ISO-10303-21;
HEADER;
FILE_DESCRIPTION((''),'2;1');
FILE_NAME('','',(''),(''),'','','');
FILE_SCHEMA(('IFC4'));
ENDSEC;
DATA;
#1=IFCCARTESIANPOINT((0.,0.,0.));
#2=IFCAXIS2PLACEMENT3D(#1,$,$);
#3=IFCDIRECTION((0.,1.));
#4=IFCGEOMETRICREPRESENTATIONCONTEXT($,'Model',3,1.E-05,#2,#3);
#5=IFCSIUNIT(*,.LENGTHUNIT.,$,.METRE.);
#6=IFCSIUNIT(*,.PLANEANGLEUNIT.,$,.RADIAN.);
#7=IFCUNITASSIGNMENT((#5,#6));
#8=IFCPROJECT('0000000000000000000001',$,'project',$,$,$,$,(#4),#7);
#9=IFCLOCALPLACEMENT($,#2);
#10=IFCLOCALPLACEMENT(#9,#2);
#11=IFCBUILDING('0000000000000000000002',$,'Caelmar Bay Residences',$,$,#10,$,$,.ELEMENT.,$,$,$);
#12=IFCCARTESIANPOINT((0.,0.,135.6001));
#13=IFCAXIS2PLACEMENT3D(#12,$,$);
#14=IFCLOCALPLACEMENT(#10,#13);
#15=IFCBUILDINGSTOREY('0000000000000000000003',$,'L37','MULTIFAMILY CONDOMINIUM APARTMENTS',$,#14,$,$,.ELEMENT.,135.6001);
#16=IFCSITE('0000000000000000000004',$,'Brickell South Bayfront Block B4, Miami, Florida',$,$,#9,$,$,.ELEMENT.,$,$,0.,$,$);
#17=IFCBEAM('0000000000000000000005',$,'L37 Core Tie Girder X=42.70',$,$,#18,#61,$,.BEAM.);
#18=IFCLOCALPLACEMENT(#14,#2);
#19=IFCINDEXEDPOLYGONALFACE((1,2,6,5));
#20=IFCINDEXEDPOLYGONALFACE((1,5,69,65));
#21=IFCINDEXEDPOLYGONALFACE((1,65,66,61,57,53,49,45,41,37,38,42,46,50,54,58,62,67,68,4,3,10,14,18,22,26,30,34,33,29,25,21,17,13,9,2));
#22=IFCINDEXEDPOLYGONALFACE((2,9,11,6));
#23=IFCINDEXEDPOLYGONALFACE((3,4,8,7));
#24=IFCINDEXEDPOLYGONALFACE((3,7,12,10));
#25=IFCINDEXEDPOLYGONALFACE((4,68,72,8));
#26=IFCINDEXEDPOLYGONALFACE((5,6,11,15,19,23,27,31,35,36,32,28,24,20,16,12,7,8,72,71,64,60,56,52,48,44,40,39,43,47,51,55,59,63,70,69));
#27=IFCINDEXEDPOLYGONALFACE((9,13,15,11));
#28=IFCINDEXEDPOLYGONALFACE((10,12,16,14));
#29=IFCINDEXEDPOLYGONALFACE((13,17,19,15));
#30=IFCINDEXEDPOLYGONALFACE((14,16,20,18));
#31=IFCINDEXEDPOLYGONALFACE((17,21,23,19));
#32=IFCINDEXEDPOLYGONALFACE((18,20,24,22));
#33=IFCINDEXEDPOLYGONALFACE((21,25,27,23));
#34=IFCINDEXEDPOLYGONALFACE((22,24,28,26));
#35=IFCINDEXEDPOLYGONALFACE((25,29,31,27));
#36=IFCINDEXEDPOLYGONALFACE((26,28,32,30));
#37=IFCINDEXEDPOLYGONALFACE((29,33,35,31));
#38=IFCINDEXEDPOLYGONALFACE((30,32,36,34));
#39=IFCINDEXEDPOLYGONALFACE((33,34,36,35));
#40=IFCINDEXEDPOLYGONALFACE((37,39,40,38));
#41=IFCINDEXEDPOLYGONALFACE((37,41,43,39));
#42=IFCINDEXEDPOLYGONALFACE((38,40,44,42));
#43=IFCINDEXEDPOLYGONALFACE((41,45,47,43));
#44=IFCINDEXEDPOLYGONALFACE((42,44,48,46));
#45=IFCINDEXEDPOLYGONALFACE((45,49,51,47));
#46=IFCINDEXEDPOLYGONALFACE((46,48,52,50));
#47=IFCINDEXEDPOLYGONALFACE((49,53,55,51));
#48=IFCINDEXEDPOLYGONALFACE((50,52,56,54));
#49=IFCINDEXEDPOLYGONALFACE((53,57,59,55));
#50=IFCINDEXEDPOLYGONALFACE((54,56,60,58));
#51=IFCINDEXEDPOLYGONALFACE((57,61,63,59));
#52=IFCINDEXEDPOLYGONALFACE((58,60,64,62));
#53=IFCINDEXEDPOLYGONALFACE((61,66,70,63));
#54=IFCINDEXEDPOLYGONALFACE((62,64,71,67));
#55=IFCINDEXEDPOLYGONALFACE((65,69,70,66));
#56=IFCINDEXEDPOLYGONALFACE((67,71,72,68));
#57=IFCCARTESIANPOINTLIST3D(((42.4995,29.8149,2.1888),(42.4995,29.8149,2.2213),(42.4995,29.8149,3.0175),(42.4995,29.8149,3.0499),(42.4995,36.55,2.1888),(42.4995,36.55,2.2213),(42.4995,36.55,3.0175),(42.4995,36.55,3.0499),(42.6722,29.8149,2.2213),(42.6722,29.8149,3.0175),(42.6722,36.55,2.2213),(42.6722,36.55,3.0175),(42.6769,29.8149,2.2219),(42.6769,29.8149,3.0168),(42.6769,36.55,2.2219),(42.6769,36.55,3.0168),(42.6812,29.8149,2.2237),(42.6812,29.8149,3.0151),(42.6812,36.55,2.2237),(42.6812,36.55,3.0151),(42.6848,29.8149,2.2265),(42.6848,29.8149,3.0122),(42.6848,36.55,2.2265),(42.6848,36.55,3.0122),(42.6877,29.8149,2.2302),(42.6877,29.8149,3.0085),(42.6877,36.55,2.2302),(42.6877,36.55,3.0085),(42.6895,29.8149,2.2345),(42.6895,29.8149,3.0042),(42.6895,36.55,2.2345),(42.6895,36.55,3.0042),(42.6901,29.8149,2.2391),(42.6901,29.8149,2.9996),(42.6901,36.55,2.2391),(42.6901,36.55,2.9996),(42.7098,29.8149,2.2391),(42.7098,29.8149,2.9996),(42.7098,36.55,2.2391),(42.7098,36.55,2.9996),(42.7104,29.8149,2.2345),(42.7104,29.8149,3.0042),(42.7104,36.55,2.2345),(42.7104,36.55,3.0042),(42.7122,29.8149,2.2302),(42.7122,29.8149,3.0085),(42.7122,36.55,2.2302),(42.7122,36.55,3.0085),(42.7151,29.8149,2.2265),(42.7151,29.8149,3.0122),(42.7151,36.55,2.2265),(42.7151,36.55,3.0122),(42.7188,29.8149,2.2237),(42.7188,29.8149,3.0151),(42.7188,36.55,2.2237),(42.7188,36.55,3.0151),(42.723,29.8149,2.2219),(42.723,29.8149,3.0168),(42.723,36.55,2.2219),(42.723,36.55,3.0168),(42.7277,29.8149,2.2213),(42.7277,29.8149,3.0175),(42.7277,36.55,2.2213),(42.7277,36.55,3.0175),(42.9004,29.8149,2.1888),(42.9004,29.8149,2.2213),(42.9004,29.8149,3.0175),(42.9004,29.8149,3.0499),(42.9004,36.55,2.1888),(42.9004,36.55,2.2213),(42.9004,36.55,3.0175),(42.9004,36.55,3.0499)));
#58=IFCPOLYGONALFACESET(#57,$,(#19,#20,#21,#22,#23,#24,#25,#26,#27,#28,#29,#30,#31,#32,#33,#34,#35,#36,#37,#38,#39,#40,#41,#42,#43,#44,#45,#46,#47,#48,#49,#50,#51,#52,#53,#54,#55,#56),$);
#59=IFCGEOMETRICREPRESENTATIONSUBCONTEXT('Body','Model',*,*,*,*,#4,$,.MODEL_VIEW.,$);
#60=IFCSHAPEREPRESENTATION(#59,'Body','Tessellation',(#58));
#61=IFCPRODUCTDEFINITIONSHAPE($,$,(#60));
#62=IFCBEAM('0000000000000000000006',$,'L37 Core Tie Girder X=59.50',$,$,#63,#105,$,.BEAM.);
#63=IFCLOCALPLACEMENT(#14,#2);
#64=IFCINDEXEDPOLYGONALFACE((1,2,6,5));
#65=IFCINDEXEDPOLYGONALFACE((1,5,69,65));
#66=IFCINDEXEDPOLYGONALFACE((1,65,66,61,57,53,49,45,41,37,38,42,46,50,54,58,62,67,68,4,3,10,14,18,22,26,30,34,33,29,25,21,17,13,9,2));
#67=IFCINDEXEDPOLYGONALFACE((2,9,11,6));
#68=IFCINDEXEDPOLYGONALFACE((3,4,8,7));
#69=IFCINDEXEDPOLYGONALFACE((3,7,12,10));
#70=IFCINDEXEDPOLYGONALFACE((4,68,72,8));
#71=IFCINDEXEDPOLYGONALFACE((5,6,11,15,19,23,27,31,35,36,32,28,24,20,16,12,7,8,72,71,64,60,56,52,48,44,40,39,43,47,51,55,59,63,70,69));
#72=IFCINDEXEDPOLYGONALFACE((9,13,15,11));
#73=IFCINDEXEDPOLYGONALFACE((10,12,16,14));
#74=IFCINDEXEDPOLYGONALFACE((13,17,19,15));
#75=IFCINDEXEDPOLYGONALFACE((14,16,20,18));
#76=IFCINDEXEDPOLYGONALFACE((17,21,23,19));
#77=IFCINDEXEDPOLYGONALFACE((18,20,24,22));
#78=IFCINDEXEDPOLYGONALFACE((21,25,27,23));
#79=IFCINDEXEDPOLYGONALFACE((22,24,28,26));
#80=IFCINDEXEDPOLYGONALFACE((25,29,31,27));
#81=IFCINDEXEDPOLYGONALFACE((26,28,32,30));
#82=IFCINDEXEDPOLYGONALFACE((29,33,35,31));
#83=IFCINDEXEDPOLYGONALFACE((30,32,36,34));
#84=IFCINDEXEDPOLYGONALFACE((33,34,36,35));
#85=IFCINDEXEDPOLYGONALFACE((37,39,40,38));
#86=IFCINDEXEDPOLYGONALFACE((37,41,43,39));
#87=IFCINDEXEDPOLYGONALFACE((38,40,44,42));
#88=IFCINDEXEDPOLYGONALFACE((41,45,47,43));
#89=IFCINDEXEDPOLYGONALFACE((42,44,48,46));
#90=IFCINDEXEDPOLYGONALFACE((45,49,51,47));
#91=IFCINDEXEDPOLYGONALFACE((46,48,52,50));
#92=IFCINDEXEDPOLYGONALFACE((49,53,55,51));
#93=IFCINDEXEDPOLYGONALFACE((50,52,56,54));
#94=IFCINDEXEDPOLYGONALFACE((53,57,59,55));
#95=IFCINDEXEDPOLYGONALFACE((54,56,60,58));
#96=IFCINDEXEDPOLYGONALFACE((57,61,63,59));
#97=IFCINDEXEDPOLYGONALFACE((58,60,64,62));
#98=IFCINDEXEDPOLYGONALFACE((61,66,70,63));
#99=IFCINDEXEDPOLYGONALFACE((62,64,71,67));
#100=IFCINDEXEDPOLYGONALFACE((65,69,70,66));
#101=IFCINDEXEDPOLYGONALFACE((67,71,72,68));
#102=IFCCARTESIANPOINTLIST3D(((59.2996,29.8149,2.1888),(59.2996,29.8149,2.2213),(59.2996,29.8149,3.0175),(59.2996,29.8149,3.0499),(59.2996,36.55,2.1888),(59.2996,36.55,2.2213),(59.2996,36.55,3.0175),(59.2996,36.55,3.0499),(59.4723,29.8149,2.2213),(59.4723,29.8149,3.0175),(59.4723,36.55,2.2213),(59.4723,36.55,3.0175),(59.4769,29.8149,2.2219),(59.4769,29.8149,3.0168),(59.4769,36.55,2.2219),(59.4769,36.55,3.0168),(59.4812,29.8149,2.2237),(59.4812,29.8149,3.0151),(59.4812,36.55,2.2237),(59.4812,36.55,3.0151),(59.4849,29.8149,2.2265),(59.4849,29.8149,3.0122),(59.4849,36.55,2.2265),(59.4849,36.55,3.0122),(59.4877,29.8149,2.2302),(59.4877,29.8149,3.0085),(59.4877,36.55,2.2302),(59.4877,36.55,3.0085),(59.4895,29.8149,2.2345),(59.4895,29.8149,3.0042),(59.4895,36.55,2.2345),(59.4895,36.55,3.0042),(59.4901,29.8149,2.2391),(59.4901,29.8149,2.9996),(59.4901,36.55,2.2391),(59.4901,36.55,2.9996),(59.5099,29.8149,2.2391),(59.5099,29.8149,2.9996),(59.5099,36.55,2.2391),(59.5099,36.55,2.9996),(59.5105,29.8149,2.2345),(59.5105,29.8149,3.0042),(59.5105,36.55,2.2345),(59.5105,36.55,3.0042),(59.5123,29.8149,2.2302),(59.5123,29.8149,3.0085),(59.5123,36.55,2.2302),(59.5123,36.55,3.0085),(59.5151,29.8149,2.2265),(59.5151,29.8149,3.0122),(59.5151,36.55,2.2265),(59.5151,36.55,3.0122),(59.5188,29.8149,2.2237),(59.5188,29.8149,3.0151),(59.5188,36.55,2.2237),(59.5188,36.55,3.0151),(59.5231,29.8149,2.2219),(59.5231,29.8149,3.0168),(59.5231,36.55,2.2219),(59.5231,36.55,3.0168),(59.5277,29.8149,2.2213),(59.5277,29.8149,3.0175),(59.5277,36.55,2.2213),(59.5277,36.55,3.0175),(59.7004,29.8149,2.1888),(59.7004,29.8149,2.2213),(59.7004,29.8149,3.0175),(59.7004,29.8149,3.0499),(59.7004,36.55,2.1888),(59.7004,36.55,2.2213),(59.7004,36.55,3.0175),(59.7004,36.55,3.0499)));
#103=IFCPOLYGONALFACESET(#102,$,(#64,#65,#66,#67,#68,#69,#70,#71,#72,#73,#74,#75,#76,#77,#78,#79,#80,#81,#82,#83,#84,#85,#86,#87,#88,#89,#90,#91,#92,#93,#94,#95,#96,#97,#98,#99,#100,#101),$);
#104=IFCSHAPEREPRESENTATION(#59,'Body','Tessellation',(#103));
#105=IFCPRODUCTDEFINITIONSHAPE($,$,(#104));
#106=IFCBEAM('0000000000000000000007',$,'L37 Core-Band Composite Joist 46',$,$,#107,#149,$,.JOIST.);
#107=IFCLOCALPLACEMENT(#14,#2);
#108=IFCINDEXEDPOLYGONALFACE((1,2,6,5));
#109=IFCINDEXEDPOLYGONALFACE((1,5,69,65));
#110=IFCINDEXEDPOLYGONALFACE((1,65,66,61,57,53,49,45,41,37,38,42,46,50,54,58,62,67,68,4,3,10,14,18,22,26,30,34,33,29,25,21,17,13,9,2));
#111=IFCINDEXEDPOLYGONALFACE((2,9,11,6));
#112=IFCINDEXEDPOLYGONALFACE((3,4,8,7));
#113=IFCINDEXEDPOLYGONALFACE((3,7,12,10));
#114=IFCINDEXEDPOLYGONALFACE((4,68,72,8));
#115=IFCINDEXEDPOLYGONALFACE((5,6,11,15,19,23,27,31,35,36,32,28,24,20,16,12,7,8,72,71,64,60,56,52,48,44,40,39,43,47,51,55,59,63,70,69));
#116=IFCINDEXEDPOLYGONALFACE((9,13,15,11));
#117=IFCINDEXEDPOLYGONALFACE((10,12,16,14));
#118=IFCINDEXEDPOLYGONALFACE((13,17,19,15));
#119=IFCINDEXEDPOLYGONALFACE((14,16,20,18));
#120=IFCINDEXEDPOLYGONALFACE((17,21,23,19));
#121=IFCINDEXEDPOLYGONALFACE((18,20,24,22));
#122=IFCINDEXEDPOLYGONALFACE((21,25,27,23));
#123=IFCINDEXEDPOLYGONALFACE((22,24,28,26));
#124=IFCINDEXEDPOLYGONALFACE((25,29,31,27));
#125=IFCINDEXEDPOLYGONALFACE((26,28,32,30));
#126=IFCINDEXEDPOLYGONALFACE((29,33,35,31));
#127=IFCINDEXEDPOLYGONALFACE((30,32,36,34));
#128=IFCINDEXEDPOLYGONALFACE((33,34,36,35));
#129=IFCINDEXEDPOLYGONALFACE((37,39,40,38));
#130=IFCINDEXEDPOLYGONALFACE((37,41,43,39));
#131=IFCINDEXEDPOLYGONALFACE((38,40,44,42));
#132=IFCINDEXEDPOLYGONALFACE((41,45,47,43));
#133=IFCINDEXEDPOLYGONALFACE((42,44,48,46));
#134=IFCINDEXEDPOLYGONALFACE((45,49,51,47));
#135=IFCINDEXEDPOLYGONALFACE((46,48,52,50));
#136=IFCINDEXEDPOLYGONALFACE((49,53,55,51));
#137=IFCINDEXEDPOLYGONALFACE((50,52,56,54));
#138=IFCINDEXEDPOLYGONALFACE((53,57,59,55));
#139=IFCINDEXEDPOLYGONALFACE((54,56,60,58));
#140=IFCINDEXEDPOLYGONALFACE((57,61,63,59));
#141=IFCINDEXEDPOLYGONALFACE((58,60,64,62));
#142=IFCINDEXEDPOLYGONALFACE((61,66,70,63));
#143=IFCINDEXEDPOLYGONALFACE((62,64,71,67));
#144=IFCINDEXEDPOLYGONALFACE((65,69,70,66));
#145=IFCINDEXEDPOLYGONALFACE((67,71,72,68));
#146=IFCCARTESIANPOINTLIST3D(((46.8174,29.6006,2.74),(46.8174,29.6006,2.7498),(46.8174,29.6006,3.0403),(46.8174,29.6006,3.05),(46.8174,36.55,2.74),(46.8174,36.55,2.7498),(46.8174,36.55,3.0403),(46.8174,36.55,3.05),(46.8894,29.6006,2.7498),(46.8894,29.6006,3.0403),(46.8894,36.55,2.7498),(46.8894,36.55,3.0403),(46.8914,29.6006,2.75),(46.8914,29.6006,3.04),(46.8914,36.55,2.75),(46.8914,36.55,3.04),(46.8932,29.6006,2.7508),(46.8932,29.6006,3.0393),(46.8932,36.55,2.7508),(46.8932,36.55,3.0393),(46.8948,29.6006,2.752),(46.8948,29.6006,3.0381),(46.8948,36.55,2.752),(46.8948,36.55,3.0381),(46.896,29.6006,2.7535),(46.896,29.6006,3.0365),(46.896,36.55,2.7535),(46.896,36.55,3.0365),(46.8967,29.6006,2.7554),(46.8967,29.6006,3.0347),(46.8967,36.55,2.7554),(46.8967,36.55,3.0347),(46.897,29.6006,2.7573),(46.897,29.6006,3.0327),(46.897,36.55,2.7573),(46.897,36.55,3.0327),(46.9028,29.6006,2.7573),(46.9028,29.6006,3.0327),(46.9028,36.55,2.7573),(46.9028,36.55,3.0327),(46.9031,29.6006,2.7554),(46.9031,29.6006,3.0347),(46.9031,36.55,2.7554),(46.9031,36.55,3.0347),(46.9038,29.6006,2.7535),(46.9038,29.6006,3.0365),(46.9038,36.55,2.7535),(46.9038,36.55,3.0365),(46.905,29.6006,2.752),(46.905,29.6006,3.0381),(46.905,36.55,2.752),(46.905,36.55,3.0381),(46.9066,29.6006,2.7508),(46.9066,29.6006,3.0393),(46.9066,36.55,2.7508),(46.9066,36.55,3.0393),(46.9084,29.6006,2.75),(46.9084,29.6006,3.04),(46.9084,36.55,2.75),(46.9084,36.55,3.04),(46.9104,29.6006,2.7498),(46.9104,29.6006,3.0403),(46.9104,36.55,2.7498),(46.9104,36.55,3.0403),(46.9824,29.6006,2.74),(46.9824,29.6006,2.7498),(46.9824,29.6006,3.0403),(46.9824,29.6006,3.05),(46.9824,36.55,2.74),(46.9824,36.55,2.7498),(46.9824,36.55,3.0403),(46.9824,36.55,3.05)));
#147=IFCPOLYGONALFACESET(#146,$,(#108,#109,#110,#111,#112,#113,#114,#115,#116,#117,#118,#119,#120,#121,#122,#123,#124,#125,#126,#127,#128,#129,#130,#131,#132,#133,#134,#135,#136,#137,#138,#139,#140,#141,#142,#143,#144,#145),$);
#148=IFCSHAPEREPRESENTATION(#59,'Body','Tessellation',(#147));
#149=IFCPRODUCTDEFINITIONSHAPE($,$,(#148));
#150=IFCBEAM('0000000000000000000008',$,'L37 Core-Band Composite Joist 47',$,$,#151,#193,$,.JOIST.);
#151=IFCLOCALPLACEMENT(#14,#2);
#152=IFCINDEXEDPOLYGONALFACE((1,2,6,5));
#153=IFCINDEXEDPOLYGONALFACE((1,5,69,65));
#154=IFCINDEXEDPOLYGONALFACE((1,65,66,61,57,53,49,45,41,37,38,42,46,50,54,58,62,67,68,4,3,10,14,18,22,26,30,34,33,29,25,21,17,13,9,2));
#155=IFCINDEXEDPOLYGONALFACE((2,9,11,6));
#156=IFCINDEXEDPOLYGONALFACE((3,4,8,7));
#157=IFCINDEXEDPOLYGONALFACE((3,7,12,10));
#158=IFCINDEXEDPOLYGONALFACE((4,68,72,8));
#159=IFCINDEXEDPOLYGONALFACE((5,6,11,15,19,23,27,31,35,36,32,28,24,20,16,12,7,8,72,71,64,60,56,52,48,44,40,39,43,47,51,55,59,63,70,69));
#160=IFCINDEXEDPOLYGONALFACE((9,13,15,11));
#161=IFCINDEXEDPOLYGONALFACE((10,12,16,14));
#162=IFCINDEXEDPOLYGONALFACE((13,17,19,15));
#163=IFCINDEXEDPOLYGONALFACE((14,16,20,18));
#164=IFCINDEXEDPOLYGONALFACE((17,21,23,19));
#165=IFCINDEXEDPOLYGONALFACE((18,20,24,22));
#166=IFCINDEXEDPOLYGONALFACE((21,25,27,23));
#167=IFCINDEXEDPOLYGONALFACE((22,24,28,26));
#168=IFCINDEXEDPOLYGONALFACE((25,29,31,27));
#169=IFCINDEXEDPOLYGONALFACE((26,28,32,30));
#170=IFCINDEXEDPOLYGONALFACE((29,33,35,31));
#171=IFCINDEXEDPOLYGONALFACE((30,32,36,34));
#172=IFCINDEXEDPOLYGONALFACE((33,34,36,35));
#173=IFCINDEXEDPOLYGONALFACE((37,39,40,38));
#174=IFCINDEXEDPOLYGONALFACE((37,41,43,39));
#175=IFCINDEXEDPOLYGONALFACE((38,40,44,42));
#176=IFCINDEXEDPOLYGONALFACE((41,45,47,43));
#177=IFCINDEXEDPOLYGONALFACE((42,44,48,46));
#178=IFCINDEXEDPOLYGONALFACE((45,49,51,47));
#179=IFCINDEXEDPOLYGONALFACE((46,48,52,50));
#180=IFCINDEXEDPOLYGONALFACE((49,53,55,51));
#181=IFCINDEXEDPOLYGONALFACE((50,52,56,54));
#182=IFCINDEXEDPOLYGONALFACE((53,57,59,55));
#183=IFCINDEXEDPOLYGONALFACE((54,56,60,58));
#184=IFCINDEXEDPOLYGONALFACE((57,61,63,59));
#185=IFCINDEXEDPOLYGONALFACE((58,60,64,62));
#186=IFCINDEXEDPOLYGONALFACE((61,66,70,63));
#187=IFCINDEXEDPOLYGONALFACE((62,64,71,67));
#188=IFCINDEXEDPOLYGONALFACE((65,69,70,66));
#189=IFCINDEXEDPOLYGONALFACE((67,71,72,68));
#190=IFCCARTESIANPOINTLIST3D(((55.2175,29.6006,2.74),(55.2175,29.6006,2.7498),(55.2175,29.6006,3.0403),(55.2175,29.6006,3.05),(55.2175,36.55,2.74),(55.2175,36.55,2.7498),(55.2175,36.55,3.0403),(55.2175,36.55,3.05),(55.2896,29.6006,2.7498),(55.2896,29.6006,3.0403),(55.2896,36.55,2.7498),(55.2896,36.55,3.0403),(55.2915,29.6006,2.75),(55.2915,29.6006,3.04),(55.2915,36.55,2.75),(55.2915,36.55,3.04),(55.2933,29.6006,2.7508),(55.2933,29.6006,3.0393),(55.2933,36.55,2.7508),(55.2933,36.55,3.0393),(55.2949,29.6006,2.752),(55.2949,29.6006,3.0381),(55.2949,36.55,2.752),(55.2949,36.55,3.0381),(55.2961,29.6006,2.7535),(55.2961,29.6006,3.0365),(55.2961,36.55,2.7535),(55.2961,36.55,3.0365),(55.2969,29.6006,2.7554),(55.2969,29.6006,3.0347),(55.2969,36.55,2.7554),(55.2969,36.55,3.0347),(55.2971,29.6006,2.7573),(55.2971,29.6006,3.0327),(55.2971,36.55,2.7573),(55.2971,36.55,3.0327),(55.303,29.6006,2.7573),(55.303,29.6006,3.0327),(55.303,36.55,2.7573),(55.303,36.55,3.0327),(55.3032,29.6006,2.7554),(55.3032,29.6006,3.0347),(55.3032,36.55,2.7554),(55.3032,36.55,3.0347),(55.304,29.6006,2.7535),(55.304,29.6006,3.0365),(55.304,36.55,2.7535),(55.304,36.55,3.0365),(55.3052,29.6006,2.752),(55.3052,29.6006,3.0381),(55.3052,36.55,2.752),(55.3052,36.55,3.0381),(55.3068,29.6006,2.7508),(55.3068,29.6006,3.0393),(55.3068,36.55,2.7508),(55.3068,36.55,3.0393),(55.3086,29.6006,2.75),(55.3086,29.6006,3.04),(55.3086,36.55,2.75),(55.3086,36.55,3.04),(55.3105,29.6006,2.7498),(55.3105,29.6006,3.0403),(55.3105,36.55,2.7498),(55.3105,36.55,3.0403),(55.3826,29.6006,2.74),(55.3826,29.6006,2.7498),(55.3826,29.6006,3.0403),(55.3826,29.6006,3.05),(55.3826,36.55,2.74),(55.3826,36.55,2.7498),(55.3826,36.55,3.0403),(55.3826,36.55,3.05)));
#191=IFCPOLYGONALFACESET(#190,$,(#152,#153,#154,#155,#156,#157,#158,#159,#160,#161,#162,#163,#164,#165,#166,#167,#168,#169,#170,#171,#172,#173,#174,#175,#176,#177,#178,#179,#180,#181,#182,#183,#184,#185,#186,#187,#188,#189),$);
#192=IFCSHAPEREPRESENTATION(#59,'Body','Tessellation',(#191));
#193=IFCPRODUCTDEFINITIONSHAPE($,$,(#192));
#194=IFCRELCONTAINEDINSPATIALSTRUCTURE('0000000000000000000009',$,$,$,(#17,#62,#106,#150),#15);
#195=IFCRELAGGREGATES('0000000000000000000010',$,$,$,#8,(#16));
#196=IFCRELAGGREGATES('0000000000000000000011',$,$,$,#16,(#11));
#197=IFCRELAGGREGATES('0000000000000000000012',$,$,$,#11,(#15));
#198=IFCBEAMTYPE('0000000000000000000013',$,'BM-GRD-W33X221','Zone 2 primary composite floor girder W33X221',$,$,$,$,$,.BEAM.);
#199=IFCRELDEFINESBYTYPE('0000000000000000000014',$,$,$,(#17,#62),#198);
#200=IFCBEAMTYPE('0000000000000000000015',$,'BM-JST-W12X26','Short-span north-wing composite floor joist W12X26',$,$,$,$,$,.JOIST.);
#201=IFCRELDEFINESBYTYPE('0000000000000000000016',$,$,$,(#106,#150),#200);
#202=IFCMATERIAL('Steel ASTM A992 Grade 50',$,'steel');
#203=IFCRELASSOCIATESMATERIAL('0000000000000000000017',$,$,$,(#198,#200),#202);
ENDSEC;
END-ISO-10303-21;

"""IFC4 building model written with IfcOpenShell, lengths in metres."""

from ifc_helpers import new_model, si_unit, direction, frame, origin, origin_2d, place, context, subcontext, project, spatial, i_section, extrude, material, material_profile, profile_set, type_object, element, save


model = new_model("IFC4")

# Units and contexts
model_context = context("Model", 3, precision=1e-05, world=origin(), true_north=direction((0.0, 1.0)))
body_context = subcontext(model_context, "Body", "Model", "MODEL_VIEW")
ifc_project = project(units=[si_unit("LENGTHUNIT", "METRE"), si_unit("PLANEANGLEUNIT", "RADIAN")], contexts=[model_context])

# Site, building, storey
site_placement = place(None, origin())
site = spatial("IfcSite", under=ifc_project, at=site_placement, Name="Brickell South Bayfront Block B4, Miami, Florida", CompositionType="ELEMENT", RefElevation=0.0)
building_placement = place(site_placement, origin())
building = spatial("IfcBuilding", under=site, at=building_placement, Name="Caelmar Bay Residences", CompositionType="ELEMENT")
storey_placement = place(building_placement, frame((0.0, 0.0, 135.6001)))
storey = spatial("IfcBuildingStorey", under=building, at=storey_placement, Name="L37", Description="MULTIFAMILY CONDOMINIUM APARTMENTS", CompositionType="ELEMENT", Elevation=135.6001)

# Beams
ifc_material_1 = material(Name="Steel ASTM A992 Grade 50", Category="steel")
ifc_material_profile_1 = material_profile(ifc_material_1, i_section(OverallWidth=0.4009, OverallDepth=0.8611, WebThickness=0.0198, FlangeThickness=0.0325, FilletRadius=0.0178, at=origin_2d()), Name="W33X221")
ifc_profile_set_1 = profile_set([ifc_material_profile_1], Name="Steel ASTM A992 Grade 50")
beam_type_1 = type_object("IfcBeamType", Name="BM-GRD-W33X221", Description="Zone 2 primary composite floor girder W33X221", PredefinedType="BEAM", material=ifc_profile_set_1)
for number, where, z_axis, x_axis, name in (
    (1, (42.7, 29.8149, 2.6194), (0.0, 1.0, 0.0), (-1.0, 0.0, 0.0), "L37 Core Tie Girder X=42.70"),
    (2, (59.5, 29.8149, 2.6194), (0.0, 1.0, 0.0), (-1.0, 0.0, 0.0), "L37 Core Tie Girder X=59.50"),
):
    element("IfcBeam", number, at=place(storey_placement, frame(where, z_axis=z_axis, x_axis=x_axis)), inside=storey, type_object=beam_type_1, Name=name, PredefinedType="BEAM", context=body_context, shape_type="SweptSolid", body=[
        extrude(i_section(OverallWidth=0.4009, OverallDepth=0.8611, WebThickness=0.0198, FlangeThickness=0.0325, FilletRadius=0.0178, at=origin_2d()), origin(), (0.0, 0.0, 1.0), 6.7351),
    ])
ifc_material_profile_2 = material_profile(ifc_material_1, i_section(OverallWidth=0.165, OverallDepth=0.3101, WebThickness=0.0059, FlangeThickness=0.0098, FilletRadius=0.0076, at=origin_2d()), Name="W12X26")
ifc_profile_set_2 = profile_set([ifc_material_profile_2], Name="Steel ASTM A992 Grade 50")
beam_type_2 = type_object("IfcBeamType", Name="BM-JST-W12X26", Description="Short-span north-wing composite floor joist W12X26", PredefinedType="JOIST", material=ifc_profile_set_2)
for number, where, z_axis, x_axis, name in (
    (3, (46.8999, 29.6006, 2.895), (0.0, 1.0, 0.0), (-1.0, 0.0, 0.0), "L37 Core-Band Composite Joist 46"),
    (4, (55.3, 29.6006, 2.895), (0.0, 1.0, 0.0), (-1.0, 0.0, 0.0), "L37 Core-Band Composite Joist 47"),
):
    element("IfcBeam", number, at=place(storey_placement, frame(where, z_axis=z_axis, x_axis=x_axis)), inside=storey, type_object=beam_type_2, Name=name, PredefinedType="JOIST", context=body_context, shape_type="SweptSolid", body=[
        extrude(i_section(OverallWidth=0.165, OverallDepth=0.3101, WebThickness=0.0059, FlangeThickness=0.0098, FilletRadius=0.0076, at=origin_2d()), origin(), (0.0, 0.0, 1.0), 6.9495),
    ])

save(model, "model.ifc")
